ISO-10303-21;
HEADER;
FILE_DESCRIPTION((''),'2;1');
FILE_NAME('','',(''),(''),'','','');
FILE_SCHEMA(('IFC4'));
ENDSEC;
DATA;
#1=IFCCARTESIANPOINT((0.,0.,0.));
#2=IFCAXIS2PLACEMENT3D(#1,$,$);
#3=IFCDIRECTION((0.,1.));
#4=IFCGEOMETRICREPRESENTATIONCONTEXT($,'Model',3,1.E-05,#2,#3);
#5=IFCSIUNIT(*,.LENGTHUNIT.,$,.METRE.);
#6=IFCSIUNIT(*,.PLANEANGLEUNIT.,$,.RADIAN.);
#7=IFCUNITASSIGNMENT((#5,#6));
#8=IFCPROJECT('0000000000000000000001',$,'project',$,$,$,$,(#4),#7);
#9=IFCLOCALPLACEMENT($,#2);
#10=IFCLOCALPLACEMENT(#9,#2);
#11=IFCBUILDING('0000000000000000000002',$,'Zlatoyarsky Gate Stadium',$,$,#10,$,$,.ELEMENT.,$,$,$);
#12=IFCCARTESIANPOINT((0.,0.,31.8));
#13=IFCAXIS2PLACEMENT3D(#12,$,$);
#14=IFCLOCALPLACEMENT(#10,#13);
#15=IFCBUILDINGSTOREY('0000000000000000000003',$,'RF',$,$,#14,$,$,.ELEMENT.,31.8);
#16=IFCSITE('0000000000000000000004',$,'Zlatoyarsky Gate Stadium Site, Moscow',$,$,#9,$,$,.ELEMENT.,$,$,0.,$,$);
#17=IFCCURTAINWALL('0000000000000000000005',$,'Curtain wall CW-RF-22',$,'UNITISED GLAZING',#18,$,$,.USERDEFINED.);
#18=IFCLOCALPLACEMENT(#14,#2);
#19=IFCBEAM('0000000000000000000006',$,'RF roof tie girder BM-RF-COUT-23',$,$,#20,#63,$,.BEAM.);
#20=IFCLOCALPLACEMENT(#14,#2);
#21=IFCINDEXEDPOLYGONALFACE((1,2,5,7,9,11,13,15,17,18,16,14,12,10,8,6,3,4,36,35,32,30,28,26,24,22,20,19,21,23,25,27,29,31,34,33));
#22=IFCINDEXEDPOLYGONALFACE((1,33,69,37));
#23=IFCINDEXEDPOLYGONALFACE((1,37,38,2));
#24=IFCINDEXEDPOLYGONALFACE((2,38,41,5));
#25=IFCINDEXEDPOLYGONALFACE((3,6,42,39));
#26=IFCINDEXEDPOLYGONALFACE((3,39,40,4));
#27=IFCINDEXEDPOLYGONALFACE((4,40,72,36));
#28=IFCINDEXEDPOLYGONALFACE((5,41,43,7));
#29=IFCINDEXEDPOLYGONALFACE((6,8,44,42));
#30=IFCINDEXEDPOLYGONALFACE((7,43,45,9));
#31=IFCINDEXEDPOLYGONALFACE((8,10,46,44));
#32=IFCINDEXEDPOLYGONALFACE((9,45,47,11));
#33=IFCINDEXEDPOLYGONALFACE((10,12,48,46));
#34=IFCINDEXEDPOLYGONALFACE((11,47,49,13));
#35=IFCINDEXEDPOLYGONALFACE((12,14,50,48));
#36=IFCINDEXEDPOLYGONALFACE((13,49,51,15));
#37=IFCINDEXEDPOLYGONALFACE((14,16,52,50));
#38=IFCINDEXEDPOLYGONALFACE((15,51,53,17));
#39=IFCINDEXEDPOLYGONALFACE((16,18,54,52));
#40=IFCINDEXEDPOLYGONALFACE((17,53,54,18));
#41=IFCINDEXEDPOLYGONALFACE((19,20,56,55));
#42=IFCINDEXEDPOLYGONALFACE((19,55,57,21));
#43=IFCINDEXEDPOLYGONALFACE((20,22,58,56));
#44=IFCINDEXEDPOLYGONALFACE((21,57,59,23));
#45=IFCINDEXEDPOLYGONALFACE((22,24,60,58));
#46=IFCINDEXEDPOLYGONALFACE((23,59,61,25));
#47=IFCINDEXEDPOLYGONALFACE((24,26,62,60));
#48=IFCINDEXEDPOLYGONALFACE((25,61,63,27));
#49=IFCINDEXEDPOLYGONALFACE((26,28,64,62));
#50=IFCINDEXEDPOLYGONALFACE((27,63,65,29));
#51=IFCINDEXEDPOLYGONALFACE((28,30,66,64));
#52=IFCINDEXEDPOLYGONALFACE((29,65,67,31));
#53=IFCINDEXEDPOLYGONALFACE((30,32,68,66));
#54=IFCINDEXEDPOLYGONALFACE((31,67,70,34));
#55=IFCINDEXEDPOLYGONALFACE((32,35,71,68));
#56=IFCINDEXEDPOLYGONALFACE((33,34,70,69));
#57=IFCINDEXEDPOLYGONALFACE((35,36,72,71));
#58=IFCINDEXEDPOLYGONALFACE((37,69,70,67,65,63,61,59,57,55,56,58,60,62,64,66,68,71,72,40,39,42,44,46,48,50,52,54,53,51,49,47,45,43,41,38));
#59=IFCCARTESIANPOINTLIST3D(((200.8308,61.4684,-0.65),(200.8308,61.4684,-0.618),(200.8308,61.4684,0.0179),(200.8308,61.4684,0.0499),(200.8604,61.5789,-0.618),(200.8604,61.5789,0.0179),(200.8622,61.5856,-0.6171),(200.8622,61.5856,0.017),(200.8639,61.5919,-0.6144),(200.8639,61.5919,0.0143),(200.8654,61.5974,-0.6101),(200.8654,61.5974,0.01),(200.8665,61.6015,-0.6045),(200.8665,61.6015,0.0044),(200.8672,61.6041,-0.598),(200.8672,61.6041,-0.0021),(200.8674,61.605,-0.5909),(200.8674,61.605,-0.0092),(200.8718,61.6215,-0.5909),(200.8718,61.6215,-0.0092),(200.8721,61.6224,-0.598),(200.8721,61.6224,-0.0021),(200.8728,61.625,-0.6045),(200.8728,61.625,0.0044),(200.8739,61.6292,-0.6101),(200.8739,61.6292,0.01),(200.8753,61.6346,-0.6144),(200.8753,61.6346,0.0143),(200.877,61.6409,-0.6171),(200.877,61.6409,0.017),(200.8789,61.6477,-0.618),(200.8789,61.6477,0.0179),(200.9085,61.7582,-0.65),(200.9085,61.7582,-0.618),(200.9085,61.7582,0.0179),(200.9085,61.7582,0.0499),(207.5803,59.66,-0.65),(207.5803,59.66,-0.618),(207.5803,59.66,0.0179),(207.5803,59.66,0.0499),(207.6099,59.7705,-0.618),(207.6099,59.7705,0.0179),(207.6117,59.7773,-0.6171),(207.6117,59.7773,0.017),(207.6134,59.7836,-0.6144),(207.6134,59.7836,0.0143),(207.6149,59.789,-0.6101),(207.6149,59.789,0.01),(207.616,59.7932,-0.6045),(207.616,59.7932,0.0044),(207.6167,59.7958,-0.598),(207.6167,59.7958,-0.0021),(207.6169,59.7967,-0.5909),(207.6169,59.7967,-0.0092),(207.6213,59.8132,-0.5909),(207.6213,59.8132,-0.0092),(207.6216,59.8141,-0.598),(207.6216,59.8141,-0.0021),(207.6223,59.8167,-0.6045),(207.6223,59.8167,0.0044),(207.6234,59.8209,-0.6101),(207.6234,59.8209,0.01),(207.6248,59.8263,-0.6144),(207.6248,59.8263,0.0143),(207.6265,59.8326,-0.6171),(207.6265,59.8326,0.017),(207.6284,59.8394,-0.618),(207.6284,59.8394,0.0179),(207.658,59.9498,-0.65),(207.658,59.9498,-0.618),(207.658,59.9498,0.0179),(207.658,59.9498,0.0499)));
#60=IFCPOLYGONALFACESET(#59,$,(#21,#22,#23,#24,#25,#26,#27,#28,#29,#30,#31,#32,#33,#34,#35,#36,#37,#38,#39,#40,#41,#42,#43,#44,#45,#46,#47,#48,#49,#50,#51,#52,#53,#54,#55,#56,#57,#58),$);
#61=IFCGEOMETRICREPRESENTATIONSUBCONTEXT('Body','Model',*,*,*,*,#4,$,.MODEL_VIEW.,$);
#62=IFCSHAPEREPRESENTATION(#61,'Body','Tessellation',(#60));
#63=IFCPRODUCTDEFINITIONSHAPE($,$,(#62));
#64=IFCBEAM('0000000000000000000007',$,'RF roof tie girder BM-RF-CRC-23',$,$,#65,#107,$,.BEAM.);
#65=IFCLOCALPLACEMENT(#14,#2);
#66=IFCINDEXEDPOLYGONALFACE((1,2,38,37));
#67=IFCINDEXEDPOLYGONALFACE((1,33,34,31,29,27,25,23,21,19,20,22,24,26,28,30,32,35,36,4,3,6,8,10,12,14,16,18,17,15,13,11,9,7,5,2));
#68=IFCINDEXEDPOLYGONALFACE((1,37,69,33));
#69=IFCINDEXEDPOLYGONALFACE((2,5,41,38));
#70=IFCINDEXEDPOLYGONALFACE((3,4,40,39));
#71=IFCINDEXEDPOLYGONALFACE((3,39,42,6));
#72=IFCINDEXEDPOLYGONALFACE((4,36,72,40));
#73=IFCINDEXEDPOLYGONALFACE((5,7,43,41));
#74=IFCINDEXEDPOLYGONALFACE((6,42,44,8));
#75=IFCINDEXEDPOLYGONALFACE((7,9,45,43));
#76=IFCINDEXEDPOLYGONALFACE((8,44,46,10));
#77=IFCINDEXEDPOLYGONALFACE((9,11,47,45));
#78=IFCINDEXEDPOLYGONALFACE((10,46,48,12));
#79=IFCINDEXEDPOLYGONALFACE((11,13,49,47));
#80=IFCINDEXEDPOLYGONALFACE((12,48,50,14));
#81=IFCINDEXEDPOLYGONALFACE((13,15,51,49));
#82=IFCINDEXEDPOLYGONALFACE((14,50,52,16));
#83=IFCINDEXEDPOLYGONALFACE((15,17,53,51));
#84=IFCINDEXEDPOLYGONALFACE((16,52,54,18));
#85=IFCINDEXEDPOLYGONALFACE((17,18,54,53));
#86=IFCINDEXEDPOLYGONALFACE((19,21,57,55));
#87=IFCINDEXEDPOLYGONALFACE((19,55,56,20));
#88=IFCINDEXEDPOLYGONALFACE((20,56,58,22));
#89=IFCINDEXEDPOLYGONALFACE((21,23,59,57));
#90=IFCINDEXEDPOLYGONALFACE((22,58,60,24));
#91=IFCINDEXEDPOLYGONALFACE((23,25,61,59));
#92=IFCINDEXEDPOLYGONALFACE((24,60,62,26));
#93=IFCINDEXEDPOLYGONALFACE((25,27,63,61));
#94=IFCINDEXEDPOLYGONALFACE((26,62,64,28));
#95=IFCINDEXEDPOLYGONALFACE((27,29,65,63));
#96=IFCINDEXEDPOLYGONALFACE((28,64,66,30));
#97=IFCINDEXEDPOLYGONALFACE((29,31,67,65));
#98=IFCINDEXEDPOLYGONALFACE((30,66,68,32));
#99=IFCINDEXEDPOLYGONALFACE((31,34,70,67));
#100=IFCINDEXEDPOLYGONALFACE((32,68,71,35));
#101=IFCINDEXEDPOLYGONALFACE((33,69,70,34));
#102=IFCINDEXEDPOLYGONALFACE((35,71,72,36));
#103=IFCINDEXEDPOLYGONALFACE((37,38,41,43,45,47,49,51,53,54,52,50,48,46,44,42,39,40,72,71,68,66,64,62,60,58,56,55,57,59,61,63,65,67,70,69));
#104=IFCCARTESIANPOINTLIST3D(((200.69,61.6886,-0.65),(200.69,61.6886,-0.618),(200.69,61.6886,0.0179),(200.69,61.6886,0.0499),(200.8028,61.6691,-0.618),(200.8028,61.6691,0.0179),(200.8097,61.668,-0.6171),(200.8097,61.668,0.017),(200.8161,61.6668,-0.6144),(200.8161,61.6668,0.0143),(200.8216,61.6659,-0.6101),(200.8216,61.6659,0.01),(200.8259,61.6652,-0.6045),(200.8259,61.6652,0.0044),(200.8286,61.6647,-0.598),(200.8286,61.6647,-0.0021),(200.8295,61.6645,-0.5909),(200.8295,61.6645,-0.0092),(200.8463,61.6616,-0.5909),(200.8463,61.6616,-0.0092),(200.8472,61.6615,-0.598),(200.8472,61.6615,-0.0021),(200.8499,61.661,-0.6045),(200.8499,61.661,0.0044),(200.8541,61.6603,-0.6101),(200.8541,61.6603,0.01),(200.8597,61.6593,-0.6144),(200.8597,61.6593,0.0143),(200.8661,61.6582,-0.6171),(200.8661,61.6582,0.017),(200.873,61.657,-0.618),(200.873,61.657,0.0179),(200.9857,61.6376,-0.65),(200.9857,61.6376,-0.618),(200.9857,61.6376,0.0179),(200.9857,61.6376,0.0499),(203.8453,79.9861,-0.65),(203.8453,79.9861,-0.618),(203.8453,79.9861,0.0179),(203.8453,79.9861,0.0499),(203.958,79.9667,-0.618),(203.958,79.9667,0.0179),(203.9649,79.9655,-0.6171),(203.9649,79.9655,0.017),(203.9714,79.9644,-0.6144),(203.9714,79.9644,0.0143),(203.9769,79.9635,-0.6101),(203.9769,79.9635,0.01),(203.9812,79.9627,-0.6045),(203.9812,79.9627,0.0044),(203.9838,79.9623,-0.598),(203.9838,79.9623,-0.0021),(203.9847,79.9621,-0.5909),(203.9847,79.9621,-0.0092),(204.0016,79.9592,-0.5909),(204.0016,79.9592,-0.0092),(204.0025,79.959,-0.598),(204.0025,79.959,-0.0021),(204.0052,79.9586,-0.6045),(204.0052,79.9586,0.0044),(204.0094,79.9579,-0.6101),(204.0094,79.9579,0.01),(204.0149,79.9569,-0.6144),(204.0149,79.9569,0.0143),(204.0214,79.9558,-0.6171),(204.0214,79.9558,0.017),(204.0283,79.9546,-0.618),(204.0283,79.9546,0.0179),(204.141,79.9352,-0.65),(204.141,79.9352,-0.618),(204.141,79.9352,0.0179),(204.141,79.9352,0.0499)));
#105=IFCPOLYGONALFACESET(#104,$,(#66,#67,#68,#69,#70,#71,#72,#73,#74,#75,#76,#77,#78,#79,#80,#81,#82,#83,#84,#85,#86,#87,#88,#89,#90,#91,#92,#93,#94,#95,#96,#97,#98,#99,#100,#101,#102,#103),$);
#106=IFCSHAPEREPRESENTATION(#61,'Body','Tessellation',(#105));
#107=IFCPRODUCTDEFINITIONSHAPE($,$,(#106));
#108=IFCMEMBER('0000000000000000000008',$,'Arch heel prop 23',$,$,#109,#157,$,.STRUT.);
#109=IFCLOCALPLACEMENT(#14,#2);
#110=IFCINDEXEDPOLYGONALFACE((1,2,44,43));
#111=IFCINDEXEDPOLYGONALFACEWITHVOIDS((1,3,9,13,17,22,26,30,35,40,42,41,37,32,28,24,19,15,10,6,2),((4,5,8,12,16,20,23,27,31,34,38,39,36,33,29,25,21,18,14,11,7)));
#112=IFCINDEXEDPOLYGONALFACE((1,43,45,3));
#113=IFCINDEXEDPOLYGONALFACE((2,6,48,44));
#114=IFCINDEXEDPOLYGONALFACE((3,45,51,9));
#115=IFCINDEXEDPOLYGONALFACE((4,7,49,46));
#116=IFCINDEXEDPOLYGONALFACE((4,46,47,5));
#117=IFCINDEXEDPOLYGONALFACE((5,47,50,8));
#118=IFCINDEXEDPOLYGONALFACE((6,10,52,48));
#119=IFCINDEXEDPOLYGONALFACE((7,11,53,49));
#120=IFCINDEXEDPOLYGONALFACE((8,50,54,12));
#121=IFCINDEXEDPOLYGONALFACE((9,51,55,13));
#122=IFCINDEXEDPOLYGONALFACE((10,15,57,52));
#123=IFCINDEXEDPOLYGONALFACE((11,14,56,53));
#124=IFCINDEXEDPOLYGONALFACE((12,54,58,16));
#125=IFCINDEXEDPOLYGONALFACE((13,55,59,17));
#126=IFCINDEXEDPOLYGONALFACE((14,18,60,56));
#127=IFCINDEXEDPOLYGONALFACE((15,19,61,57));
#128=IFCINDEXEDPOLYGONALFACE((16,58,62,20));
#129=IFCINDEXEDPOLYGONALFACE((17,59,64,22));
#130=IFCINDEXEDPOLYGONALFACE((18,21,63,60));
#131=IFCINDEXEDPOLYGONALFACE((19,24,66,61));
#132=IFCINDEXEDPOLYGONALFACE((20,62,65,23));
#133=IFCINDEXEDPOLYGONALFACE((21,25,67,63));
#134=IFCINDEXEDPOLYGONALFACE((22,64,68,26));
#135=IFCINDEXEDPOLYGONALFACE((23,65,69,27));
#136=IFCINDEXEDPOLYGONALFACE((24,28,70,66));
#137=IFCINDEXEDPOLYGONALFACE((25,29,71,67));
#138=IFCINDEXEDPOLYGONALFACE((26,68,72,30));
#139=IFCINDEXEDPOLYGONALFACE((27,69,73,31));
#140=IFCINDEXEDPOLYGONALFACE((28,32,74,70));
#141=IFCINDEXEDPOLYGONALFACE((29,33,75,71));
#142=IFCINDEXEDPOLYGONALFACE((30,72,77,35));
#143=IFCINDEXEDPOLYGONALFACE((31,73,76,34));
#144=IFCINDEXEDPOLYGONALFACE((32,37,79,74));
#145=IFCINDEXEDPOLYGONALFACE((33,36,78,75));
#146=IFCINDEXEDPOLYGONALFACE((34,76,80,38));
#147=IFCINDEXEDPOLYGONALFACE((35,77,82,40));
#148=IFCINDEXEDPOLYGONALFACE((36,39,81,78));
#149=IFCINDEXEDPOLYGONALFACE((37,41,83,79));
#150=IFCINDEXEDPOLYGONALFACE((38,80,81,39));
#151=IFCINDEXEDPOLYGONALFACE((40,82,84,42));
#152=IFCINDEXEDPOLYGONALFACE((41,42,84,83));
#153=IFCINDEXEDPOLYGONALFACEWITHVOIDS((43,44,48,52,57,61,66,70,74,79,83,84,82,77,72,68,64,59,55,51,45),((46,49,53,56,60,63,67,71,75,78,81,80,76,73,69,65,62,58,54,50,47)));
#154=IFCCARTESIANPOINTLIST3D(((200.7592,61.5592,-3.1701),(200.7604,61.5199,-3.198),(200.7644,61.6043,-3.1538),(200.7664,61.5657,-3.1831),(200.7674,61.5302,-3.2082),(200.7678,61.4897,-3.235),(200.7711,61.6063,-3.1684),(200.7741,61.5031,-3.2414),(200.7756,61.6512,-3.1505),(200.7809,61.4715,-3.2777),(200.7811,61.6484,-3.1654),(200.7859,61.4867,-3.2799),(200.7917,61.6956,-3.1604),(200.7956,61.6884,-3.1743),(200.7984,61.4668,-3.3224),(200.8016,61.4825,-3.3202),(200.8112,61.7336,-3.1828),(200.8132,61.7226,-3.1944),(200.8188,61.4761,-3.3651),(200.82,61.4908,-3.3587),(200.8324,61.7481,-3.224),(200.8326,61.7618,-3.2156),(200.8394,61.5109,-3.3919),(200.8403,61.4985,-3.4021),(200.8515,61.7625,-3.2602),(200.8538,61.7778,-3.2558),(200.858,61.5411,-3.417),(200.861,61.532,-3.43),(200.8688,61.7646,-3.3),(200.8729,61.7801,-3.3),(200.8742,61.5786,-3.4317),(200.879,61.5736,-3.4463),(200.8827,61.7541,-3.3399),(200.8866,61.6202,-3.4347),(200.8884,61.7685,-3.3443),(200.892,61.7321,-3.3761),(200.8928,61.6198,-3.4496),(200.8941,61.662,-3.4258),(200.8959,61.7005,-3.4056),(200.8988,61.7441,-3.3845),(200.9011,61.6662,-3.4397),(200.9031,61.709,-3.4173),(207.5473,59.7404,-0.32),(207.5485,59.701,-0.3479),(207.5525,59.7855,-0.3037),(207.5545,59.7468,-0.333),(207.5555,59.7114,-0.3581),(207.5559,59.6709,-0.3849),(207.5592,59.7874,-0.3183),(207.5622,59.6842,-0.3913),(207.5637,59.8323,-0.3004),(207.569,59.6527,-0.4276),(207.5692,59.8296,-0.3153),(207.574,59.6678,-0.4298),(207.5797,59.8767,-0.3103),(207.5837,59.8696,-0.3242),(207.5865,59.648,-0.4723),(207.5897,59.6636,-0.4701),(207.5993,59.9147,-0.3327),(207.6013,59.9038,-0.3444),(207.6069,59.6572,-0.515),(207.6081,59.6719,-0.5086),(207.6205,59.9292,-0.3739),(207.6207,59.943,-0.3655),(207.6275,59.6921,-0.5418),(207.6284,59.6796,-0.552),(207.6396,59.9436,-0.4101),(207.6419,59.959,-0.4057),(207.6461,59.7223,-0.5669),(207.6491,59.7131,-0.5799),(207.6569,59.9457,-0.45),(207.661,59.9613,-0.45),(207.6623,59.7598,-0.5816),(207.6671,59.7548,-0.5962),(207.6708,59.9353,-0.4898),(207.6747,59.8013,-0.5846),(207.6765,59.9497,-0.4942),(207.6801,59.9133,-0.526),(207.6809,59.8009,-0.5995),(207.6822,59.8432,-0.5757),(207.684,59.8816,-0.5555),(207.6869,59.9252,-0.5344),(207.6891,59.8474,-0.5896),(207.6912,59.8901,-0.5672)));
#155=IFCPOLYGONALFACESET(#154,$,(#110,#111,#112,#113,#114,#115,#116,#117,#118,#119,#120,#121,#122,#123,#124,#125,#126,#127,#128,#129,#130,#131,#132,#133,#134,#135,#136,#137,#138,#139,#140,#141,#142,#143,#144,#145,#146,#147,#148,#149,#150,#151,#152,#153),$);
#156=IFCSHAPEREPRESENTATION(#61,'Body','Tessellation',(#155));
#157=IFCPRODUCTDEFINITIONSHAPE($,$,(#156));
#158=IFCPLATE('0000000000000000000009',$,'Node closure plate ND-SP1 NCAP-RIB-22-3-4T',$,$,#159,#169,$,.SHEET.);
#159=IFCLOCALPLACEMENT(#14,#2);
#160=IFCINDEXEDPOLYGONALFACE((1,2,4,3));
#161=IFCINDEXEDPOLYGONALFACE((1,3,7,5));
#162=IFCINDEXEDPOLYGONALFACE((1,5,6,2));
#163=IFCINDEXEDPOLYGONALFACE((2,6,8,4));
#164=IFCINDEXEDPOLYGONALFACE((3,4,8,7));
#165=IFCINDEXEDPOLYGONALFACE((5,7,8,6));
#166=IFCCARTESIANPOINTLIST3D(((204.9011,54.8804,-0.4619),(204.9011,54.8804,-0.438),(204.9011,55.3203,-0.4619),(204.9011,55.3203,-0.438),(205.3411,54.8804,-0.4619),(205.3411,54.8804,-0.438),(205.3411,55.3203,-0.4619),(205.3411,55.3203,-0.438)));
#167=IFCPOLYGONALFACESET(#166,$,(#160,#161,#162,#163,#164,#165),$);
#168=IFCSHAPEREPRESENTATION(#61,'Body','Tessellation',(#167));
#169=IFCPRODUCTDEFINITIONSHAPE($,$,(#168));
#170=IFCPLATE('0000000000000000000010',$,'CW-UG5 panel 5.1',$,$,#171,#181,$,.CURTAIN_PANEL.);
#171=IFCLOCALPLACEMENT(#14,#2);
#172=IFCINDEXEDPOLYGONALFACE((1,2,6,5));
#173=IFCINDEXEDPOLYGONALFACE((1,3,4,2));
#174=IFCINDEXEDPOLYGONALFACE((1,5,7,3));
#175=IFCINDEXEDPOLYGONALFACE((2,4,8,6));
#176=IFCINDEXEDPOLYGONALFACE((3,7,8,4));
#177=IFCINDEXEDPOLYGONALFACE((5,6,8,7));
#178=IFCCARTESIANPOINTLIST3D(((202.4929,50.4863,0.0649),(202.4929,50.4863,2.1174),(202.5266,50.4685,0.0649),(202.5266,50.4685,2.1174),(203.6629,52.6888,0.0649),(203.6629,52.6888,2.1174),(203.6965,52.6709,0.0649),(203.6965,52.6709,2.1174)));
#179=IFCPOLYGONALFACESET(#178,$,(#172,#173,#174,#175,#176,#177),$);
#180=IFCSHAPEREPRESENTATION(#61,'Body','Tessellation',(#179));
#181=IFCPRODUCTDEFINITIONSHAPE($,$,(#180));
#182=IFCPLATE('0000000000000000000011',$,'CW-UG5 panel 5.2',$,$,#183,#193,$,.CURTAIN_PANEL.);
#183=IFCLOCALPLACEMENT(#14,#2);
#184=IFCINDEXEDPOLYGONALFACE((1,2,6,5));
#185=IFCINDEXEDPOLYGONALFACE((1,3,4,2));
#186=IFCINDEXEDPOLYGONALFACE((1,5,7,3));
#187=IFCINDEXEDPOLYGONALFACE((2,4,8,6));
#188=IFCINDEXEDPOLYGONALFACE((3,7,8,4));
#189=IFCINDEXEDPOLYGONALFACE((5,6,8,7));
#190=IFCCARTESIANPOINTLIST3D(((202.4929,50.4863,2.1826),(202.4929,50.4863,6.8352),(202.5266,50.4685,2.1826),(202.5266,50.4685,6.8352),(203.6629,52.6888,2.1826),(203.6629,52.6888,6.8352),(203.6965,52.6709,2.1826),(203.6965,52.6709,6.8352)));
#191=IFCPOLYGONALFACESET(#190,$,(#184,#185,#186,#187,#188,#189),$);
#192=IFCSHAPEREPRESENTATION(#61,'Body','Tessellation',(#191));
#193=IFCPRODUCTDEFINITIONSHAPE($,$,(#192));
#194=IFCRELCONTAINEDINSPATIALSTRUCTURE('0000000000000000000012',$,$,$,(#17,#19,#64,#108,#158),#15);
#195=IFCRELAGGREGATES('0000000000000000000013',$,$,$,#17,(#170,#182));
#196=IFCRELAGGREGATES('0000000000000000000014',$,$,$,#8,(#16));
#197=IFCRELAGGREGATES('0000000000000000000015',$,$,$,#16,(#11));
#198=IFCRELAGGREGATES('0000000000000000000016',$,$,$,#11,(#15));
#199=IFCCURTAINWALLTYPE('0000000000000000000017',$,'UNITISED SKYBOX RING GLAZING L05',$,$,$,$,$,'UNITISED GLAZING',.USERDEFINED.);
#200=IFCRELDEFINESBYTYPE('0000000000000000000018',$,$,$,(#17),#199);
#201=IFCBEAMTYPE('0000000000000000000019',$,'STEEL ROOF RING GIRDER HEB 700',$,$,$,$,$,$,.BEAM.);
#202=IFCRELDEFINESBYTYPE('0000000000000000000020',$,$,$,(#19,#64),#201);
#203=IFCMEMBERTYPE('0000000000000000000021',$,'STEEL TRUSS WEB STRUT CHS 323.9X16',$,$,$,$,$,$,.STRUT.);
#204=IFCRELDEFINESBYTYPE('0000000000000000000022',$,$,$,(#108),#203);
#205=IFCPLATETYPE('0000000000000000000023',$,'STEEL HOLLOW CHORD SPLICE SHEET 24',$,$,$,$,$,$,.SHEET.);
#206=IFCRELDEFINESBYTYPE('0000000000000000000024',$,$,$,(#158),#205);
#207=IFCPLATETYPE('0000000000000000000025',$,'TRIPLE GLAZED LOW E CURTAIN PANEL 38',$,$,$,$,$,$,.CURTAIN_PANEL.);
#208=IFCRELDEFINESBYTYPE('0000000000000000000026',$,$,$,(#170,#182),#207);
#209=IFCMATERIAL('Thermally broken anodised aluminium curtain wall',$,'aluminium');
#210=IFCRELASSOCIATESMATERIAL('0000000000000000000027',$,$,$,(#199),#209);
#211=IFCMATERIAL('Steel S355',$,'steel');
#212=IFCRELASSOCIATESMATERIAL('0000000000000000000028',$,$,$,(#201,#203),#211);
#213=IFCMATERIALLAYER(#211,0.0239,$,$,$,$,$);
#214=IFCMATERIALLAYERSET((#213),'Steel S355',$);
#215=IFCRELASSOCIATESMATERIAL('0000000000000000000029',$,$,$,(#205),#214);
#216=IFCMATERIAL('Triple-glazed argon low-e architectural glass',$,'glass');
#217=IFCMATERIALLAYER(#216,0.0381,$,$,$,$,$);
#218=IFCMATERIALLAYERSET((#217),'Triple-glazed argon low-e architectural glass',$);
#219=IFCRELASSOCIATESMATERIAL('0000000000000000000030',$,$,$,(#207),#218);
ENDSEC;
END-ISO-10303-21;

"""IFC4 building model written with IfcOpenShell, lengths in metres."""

from ifc_helpers import new_model, si_unit, direction, frame, origin, origin_2d, place, context, subcontext, project, spatial, rectangle, hollow_circle, i_section, extrude, material, layer, layer_set, material_profile, profile_set, type_object, element, aggregate, save


model = new_model("IFC4")

# Units and contexts
model_context = context("Model", 3, precision=1e-05, world=origin(), true_north=direction((0.0, 1.0)))
body_context = subcontext(model_context, "Body", "Model", "MODEL_VIEW")
ifc_project = project(units=[si_unit("LENGTHUNIT", "METRE"), si_unit("PLANEANGLEUNIT", "RADIAN")], contexts=[model_context])

# Site, building, storey
site_placement = place(None, origin())
site = spatial("IfcSite", under=ifc_project, at=site_placement, Name="Zlatoyarsky Gate Stadium Site, Moscow", CompositionType="ELEMENT", RefElevation=0.0)
building_placement = place(site_placement, origin())
building = spatial("IfcBuilding", under=site, at=building_placement, Name="Zlatoyarsky Gate Stadium", CompositionType="ELEMENT")
storey_placement = place(building_placement, frame((0.0, 0.0, 31.8)))
storey = spatial("IfcBuildingStorey", under=building, at=storey_placement, Name="RF", CompositionType="ELEMENT", Elevation=31.8)

# Curtain wall
ifc_material_1 = material(Name="Thermally broken anodised aluminium curtain wall", Category="aluminium")
curtain_wall_type = type_object("IfcCurtainWallType", Name="UNITISED SKYBOX RING GLAZING L05", ElementType="UNITISED GLAZING", PredefinedType="USERDEFINED", material=ifc_material_1)
curtain_wall_placement = place(storey_placement, origin())
curtain_wall = element("IfcCurtainWall", 1, at=curtain_wall_placement, inside=storey, type_object=curtain_wall_type, Name="Curtain wall CW-RF-22", ObjectType="UNITISED GLAZING", PredefinedType="USERDEFINED")

# Shared definitions
ifc_material_2 = material(Name="Steel S355", Category="steel")

# Beams
ifc_material_profile_1 = material_profile(ifc_material_2, i_section(OverallWidth=0.3, OverallDepth=0.7, WebThickness=0.0171, FlangeThickness=0.032, FilletRadius=0.0271, at=origin_2d()), Name="HEB 700")
ifc_profile_set_1 = profile_set([ifc_material_profile_1], Name="Steel S355")
beam_type = type_object("IfcBeamType", Name="STEEL ROOF RING GIRDER HEB 700", PredefinedType="BEAM", material=ifc_profile_set_1)
beam_1_placement = place(storey_placement, frame((200.8696, 61.6133, -0.3), z_axis=(0.965932, -0.258795, 0.0), x_axis=(0.258795, 0.965932, 0.0)))
element("IfcBeam", 2, at=beam_1_placement, inside=storey, type_object=beam_type, Name="RF roof tie girder BM-RF-COUT-23", PredefinedType="BEAM", context=body_context, shape_type="SweptSolid", body=[
    extrude(i_section(OverallWidth=0.3, OverallDepth=0.7, WebThickness=0.0171, FlangeThickness=0.032, FilletRadius=0.0271, at=origin_2d()), origin(), (0.0, 0.0, 1.0), 6.9875),
])
beam_2_placement = place(storey_placement, frame((200.8379, 61.6631, -0.3), z_axis=(0.169934, 0.985455, 0.0), x_axis=(-0.985455, 0.169934, 0.0)))
element("IfcBeam", 3, at=beam_2_placement, inside=storey, type_object=beam_type, Name="RF roof tie girder BM-RF-CRC-23", PredefinedType="BEAM", context=body_context, shape_type="SweptSolid", body=[
    extrude(i_section(OverallWidth=0.3, OverallDepth=0.7, WebThickness=0.0171, FlangeThickness=0.032, FilletRadius=0.0271, at=origin_2d()), origin(), (0.0, 0.0, 1.0), 18.5676),
])

# Member
ifc_material_profile_2 = material_profile(ifc_material_2, hollow_circle(Radius=0.1619, WallThickness=0.0161, at=origin_2d()), Name="CHS 323.9X16")
ifc_profile_set_2 = profile_set([ifc_material_profile_2], Name="Steel S355")
member_type_1 = type_object("IfcMemberType", Name="STEEL TRUSS WEB STRUT CHS 323.9X16", PredefinedType="STRUT", material=ifc_profile_set_2)
member_1_placement = place(storey_placement, frame((200.8311, 61.6238, -3.3), z_axis=(0.895113, -0.239843, 0.375829), x_axis=(0.258817, 0.965926, 0.0)))
element("IfcMember", 4, at=member_1_placement, inside=storey, type_object=member_type_1, Name="Arch heel prop 23", PredefinedType="STRUT", context=body_context, shape_type="SweptSolid", body=[
    extrude(hollow_circle(Radius=0.1619, WallThickness=0.0161, at=origin_2d()), origin(), (0.0, 0.0, 1.0), 7.5835),
])

# Plates
ifc_layer_1 = layer(ifc_material_2, 0.0239)
ifc_layer_set_1 = layer_set([ifc_layer_1], Name="Steel S355")
plate_type_1 = type_object("IfcPlateType", Name="STEEL HOLLOW CHORD SPLICE SHEET 24", PredefinedType="SHEET", material=ifc_layer_set_1)
plate_1_placement = place(storey_placement, frame((205.1211, 55.1003, -0.4619), z_axis=(0.0, 0.0, 1.0), x_axis=(1.0, 0.0, 0.0)))
element("IfcPlate", 5, at=plate_1_placement, inside=storey, type_object=plate_type_1, Name="Node closure plate ND-SP1 NCAP-RIB-22-3-4T", PredefinedType="SHEET", context=body_context, shape_type="SweptSolid", body=[
    extrude(rectangle(XDim=0.4399, YDim=0.4399, at=origin_2d()), origin(), (0.0, 0.0, 1.0), 0.0239),
])
ifc_material_3 = material(Name="Triple-glazed argon low-e architectural glass", Category="glass")
ifc_layer_2 = layer(ifc_material_3, 0.0381)
ifc_layer_set_2 = layer_set([ifc_layer_2], Name="Triple-glazed argon low-e architectural glass")
plate_type_2 = type_object("IfcPlateType", Name="TRIPLE GLAZED LOW E CURTAIN PANEL 38", PredefinedType="CURTAIN_PANEL", material=ifc_layer_set_2)
plate_2_placement = place(storey_placement, frame((203.0947, 51.5786, 0.0649), z_axis=(0.0, 0.0, 1.0), x_axis=(0.469127, 0.883131, 0.0)))
plate_2 = element("IfcPlate", 6, at=plate_2_placement, type_object=plate_type_2, Name="CW-UG5 panel 5.1", PredefinedType="CURTAIN_PANEL", context=body_context, shape_type="SweptSolid", body=[
    extrude(rectangle(XDim=2.4939, YDim=0.0381, at=origin_2d()), origin(), (0.0, 0.0, 1.0), 2.0525),
])
plate_3_placement = place(storey_placement, frame((203.0947, 51.5786, 2.1826), z_axis=(0.0, 0.0, 1.0), x_axis=(0.469127, 0.883131, 0.0)))
plate_3 = element("IfcPlate", 7, at=plate_3_placement, type_object=plate_type_2, Name="CW-UG5 panel 5.2", PredefinedType="CURTAIN_PANEL", context=body_context, shape_type="SweptSolid", body=[
    extrude(rectangle(XDim=2.4939, YDim=0.0381, at=origin_2d()), origin(), (0.0, 0.0, 1.0), 4.6526),
])
aggregate(curtain_wall, [plate_2, plate_3])

save(model, "model.ifc")
